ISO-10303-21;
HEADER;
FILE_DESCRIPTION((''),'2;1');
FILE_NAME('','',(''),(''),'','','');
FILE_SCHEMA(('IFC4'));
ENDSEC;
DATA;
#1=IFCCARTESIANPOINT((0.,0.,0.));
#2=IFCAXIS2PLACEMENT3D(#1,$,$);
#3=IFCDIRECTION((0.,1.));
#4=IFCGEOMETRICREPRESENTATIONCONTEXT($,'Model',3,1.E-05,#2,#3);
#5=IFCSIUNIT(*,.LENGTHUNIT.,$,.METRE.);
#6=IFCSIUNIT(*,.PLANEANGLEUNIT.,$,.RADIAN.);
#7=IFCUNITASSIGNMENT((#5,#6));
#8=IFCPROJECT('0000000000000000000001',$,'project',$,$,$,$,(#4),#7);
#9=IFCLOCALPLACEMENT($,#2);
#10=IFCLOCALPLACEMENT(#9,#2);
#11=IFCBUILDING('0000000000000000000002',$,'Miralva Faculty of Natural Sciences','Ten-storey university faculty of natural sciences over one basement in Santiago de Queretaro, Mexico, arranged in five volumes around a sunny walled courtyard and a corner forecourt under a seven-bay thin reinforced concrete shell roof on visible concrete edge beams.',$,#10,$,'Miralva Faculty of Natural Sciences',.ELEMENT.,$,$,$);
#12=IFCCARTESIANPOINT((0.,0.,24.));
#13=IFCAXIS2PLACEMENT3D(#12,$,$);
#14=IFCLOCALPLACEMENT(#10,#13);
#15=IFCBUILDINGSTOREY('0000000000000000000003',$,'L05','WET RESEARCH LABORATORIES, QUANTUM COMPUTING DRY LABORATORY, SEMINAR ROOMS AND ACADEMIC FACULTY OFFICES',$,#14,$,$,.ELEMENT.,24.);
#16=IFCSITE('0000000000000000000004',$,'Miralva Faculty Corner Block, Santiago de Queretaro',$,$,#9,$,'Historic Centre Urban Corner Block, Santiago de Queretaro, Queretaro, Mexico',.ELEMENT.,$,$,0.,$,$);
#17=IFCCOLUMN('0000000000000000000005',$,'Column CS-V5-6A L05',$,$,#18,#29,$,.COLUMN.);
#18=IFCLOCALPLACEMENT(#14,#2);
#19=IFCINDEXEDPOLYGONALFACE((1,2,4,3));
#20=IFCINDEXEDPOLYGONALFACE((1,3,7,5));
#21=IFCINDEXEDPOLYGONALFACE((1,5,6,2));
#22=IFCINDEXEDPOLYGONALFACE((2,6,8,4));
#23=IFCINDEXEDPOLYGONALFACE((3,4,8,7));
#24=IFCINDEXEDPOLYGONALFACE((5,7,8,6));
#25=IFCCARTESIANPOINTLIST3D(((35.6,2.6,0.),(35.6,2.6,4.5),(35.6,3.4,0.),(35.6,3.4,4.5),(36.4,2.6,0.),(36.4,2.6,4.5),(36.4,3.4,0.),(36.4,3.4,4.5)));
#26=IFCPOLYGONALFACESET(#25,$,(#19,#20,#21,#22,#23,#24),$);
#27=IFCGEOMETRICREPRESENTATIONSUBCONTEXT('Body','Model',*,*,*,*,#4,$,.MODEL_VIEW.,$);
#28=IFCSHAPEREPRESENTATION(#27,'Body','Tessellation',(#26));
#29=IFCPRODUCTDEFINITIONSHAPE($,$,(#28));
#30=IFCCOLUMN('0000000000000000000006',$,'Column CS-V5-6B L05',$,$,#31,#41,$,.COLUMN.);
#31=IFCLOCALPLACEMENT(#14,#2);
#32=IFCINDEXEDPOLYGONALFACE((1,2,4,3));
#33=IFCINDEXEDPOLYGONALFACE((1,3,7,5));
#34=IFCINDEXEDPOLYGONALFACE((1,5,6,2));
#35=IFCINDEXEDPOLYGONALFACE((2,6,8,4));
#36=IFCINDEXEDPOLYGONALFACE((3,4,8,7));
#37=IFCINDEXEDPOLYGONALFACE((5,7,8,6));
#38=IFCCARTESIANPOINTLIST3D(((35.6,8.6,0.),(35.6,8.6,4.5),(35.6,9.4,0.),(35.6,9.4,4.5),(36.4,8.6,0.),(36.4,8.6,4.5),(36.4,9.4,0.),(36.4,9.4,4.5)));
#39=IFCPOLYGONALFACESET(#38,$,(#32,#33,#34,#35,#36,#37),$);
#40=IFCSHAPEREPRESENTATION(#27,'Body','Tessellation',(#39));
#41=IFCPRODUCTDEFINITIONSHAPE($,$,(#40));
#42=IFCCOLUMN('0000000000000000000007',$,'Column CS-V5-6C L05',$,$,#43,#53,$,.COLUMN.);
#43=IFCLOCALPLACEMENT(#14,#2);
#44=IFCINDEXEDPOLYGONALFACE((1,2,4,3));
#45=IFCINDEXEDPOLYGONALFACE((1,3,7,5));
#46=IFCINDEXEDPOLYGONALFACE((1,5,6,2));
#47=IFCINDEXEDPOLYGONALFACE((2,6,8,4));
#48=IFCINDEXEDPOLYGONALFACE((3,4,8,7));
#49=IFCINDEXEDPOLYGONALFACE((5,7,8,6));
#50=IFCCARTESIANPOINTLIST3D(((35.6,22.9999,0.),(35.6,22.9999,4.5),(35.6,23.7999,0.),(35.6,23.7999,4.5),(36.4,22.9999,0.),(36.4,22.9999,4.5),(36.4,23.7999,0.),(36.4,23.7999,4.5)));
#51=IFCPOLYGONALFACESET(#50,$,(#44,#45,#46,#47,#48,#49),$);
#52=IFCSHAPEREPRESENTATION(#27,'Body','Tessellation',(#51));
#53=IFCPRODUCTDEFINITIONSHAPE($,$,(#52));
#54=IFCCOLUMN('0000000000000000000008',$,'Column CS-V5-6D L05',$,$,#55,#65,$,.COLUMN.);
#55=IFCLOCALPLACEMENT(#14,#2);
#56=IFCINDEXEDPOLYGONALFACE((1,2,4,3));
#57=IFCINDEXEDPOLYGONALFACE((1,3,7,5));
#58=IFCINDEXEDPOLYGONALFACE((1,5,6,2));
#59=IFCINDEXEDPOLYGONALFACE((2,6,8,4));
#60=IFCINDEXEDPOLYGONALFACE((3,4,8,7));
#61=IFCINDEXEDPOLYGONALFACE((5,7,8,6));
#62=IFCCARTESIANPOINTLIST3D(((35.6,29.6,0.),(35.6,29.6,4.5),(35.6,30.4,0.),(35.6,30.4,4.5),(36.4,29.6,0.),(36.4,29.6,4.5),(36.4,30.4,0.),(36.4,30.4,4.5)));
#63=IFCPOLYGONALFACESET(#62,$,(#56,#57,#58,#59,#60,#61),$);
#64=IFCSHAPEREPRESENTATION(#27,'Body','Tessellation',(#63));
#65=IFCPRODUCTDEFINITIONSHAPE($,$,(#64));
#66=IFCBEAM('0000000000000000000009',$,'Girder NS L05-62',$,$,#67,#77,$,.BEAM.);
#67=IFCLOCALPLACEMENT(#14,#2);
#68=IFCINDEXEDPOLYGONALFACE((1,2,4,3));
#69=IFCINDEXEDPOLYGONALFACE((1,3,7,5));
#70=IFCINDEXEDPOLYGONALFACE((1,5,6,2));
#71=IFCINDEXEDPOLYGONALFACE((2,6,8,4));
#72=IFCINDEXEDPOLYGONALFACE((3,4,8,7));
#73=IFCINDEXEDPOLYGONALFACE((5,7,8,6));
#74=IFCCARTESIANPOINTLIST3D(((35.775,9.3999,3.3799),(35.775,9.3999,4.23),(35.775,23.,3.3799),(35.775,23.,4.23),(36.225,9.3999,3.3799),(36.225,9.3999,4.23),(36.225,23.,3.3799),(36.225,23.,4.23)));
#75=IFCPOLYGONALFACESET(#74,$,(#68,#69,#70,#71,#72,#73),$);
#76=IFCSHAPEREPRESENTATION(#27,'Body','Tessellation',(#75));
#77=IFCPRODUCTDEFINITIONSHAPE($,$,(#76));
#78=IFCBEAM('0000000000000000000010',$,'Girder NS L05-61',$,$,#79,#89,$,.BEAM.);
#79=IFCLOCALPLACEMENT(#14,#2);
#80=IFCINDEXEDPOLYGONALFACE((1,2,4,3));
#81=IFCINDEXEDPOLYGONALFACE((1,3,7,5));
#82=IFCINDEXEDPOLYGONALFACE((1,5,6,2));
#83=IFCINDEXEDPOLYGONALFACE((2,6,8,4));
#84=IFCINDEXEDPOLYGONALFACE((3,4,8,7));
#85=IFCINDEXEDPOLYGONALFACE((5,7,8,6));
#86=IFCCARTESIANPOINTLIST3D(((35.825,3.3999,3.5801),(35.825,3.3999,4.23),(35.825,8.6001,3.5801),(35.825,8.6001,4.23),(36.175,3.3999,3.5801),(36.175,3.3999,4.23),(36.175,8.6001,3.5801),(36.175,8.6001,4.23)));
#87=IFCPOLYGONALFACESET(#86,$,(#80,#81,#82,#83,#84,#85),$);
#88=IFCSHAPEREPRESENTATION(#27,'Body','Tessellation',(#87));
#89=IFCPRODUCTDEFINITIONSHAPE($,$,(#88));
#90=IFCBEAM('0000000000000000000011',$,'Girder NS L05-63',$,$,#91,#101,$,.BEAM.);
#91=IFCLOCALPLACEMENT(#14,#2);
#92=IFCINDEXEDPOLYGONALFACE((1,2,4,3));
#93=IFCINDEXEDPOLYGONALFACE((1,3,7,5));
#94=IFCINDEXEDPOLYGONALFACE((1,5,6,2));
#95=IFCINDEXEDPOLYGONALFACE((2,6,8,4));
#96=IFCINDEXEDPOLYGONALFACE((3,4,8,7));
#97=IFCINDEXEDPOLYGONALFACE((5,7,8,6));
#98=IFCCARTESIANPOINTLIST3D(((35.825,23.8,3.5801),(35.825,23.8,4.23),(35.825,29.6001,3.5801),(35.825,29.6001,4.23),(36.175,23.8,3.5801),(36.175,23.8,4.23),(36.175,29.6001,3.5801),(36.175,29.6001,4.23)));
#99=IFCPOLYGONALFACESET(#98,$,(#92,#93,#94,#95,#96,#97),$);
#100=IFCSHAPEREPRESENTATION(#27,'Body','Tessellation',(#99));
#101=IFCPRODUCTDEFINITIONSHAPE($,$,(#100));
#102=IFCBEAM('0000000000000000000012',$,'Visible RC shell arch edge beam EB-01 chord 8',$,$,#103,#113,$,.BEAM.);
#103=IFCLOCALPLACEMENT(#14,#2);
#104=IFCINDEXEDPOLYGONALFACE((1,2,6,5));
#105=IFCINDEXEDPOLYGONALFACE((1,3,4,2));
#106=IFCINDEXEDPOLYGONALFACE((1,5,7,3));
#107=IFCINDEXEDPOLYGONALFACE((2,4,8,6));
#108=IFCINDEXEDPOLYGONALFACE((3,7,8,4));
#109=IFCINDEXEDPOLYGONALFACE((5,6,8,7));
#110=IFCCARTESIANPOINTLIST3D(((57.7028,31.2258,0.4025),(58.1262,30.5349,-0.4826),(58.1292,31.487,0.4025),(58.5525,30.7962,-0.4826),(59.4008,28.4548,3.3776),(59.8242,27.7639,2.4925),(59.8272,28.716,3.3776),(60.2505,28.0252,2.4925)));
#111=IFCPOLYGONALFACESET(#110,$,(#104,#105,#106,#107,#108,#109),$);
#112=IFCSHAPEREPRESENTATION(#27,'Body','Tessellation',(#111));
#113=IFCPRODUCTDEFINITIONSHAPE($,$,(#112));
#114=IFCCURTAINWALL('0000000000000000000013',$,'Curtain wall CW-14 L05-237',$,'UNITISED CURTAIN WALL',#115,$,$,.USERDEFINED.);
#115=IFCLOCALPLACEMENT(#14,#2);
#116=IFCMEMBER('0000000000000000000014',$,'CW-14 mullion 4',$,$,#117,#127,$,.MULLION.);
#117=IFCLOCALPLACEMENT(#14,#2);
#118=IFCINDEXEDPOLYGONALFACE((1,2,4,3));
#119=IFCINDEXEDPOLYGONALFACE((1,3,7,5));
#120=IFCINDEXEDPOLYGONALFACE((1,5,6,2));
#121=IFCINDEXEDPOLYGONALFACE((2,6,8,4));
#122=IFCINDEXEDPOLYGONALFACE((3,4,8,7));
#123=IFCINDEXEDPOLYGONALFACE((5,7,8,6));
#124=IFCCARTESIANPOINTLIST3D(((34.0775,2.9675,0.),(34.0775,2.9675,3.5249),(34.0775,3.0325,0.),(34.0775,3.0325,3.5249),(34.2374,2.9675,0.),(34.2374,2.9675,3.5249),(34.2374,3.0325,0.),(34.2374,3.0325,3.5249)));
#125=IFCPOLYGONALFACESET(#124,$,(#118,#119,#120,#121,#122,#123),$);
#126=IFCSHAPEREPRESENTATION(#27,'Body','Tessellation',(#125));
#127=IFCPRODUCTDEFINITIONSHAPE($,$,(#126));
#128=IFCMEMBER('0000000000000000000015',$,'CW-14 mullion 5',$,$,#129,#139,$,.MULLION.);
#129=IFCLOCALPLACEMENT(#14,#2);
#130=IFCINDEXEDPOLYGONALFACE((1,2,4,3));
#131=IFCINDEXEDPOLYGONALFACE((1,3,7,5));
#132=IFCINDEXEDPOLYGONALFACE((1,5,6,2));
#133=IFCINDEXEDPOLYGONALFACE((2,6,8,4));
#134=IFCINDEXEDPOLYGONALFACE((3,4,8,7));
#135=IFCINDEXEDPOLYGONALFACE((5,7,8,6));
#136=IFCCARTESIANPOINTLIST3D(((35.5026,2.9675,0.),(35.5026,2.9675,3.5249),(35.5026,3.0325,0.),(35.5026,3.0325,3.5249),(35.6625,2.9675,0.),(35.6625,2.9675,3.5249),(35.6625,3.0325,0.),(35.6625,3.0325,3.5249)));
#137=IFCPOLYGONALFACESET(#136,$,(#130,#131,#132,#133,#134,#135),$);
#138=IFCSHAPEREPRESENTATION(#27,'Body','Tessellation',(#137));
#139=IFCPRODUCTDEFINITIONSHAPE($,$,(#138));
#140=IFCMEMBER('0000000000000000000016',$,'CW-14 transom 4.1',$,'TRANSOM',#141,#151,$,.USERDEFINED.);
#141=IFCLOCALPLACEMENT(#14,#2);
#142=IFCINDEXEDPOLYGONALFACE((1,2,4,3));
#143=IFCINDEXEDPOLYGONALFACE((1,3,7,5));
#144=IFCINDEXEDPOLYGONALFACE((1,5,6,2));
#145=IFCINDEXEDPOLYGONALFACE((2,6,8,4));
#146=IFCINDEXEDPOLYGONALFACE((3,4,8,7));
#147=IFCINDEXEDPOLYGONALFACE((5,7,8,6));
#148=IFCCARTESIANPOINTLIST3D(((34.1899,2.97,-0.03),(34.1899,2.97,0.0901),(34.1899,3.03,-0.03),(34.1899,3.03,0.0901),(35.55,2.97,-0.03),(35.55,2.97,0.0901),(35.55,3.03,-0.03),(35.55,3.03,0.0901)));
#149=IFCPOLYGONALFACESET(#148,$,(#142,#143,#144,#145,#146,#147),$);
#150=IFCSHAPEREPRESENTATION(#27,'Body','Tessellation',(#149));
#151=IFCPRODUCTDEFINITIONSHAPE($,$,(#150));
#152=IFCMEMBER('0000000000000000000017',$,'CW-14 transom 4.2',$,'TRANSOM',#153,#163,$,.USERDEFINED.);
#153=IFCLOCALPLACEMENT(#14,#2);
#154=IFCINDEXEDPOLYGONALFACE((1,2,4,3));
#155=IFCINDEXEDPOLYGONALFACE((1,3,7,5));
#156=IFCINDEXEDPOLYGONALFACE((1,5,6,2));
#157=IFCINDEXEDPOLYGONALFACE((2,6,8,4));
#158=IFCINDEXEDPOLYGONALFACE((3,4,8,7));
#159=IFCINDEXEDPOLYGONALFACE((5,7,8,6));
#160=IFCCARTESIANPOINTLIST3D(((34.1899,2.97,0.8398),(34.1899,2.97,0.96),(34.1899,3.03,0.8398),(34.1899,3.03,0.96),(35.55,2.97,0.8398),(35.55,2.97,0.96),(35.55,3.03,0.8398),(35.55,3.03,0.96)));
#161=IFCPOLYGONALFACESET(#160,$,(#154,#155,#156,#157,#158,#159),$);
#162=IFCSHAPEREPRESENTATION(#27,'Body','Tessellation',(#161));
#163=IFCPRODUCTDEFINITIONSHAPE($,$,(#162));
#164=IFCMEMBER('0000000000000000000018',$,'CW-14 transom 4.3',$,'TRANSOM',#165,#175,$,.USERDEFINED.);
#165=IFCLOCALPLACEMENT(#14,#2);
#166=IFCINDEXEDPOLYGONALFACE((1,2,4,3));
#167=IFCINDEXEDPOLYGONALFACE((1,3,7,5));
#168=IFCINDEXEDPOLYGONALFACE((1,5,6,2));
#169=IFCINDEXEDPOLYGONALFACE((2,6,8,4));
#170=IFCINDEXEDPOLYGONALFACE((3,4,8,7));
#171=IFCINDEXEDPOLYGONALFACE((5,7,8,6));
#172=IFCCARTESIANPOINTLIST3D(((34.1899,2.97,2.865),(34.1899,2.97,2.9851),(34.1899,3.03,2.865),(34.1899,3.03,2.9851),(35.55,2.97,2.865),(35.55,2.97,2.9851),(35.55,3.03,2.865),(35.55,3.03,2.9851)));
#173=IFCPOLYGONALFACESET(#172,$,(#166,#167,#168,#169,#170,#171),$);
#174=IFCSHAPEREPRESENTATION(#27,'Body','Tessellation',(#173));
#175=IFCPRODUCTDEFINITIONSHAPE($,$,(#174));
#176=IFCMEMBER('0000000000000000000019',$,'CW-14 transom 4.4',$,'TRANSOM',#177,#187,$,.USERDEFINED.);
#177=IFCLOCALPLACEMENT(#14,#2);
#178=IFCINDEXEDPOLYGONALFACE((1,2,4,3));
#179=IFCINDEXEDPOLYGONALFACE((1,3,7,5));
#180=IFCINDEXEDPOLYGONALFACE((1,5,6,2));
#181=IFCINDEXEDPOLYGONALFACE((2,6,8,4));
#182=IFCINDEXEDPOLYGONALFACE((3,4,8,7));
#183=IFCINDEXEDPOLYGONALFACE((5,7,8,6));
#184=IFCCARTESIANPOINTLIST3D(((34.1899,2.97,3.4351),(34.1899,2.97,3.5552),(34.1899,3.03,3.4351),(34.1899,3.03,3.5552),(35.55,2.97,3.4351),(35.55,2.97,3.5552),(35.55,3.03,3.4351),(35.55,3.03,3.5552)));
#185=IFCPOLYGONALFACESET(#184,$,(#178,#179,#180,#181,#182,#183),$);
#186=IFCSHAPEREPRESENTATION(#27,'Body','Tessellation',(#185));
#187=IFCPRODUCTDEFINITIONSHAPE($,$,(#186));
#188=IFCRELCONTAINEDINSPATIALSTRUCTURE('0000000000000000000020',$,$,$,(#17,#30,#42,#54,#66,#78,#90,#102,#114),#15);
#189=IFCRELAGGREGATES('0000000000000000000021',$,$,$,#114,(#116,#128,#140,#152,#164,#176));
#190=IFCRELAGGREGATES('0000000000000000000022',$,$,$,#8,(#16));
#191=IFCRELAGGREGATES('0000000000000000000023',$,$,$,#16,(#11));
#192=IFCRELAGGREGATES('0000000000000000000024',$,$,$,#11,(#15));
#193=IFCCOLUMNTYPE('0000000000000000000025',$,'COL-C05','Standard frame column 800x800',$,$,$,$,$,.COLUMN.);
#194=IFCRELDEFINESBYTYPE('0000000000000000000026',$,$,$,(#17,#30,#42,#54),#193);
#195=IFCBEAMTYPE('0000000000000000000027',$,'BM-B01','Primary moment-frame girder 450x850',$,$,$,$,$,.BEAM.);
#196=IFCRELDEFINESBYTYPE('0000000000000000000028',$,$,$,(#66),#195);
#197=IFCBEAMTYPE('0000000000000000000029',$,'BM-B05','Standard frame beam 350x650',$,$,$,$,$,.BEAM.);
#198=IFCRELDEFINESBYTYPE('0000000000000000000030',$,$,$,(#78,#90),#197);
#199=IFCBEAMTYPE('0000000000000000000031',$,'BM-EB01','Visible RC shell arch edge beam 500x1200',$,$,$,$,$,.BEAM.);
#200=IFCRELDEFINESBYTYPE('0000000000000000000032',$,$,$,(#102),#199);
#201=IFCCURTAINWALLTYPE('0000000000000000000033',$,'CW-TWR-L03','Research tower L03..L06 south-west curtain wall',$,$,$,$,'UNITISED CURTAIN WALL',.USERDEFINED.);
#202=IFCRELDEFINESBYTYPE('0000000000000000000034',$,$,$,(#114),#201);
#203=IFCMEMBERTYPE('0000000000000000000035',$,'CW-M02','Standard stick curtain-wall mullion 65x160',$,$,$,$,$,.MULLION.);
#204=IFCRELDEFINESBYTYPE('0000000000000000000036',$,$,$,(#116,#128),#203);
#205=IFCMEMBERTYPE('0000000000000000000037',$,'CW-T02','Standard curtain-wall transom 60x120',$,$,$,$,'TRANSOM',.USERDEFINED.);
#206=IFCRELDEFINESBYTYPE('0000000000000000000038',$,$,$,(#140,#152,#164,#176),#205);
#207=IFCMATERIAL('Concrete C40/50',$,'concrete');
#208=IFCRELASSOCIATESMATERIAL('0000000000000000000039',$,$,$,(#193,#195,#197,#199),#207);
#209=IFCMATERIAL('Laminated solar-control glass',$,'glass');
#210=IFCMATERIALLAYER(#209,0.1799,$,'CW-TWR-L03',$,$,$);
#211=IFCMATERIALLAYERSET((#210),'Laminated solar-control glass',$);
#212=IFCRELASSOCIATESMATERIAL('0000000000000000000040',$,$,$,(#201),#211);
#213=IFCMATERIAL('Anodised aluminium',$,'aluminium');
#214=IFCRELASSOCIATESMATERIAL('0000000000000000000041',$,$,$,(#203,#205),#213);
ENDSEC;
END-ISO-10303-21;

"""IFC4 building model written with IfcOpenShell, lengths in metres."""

from ifc_helpers import new_model, si_unit, direction, frame, origin, origin_2d, place, context, subcontext, project, spatial, rectangle, extrude, material, layer, layer_set, material_profile, profile_set, type_object, element, aggregate, save


model = new_model("IFC4")

# Units and contexts
model_context = context("Model", 3, precision=1e-05, world=origin(), true_north=direction((0.0, 1.0)))
body_context = subcontext(model_context, "Body", "Model", "MODEL_VIEW")
ifc_project = project(units=[si_unit("LENGTHUNIT", "METRE"), si_unit("PLANEANGLEUNIT", "RADIAN")], contexts=[model_context])

# Site, building, storey
site_placement = place(None, origin())
site = spatial("IfcSite", under=ifc_project, at=site_placement, Name="Miralva Faculty Corner Block, Santiago de Queretaro", LongName="Historic Centre Urban Corner Block, Santiago de Queretaro, Queretaro, Mexico", CompositionType="ELEMENT", RefElevation=0.0)
building_placement = place(site_placement, origin())
building = spatial("IfcBuilding", under=site, at=building_placement, Name="Miralva Faculty of Natural Sciences", Description="Ten-storey university faculty of natural sciences over one basement in Santiago de Queretaro, Mexico, arranged in five volumes around a sunny walled courtyard and a corner forecourt under a seven-bay thin reinforced concrete shell roof on visible concrete edge beams.", LongName="Miralva Faculty of Natural Sciences", CompositionType="ELEMENT")
storey_placement = place(building_placement, frame((0.0, 0.0, 24.0)))
storey = spatial("IfcBuildingStorey", under=building, at=storey_placement, Name="L05", Description="WET RESEARCH LABORATORIES, QUANTUM COMPUTING DRY LABORATORY, SEMINAR ROOMS AND ACADEMIC FACULTY OFFICES", CompositionType="ELEMENT", Elevation=24.0)

# Columns
ifc_material_1 = material(Name="Concrete C40/50", Category="concrete")
ifc_material_profile_1 = material_profile(ifc_material_1, rectangle(XDim=0.8, YDim=0.8, at=origin_2d()), Name="RC 800x800")
ifc_profile_set_1 = profile_set([ifc_material_profile_1], Name="Concrete C40/50")
column_type = type_object("IfcColumnType", Name="COL-C05", Description="Standard frame column 800x800", PredefinedType="COLUMN", material=ifc_profile_set_1)
for number, where, z_axis, x_axis, name in (
    (1, (36.0, 3.0, 0.0), (0.0, 0.0, 1.0), (1.0, 0.0, 0.0), "Column CS-V5-6A L05"),
    (2, (36.0, 9.0, 0.0), (0.0, 0.0, 1.0), (1.0, 0.0, 0.0), "Column CS-V5-6B L05"),
    (3, (36.0, 23.3999, 0.0), (0.0, 0.0, 1.0), (1.0, 0.0, 0.0), "Column CS-V5-6C L05"),
    (4, (36.0, 30.0, 0.0), (0.0, 0.0, 1.0), (1.0, 0.0, 0.0), "Column CS-V5-6D L05"),
):
    element("IfcColumn", number, at=place(storey_placement, frame(where, z_axis=z_axis, x_axis=x_axis)), inside=storey, type_object=column_type, Name=name, PredefinedType="COLUMN", context=body_context, shape_type="SweptSolid", body=[
        extrude(rectangle(XDim=0.8, YDim=0.8, at=origin_2d()), origin(), (0.0, 0.0, 1.0), 4.5),
    ])

# Beams
ifc_material_profile_2 = material_profile(ifc_material_1, rectangle(XDim=0.45, YDim=0.8501, at=origin_2d()), Name="RC 450x850")
ifc_profile_set_2 = profile_set([ifc_material_profile_2], Name="Concrete C40/50")
beam_type_1 = type_object("IfcBeamType", Name="BM-B01", Description="Primary moment-frame girder 450x850", PredefinedType="BEAM", material=ifc_profile_set_2)
beam_1_placement = place(storey_placement, frame((36.0, 9.3999, 3.8049), z_axis=(0.0, 1.0, 0.0), x_axis=(-1.0, 0.0, 0.0)))
element("IfcBeam", 5, at=beam_1_placement, inside=storey, type_object=beam_type_1, Name="Girder NS L05-62", PredefinedType="BEAM", context=body_context, shape_type="SweptSolid", body=[
    extrude(rectangle(XDim=0.45, YDim=0.8501, at=origin_2d()), origin(), (0.0, 0.0, 1.0), 13.6001),
])
ifc_material_profile_3 = material_profile(ifc_material_1, rectangle(XDim=0.3501, YDim=0.6499, at=origin_2d()), Name="RC 350x650")
ifc_profile_set_3 = profile_set([ifc_material_profile_3], Name="Concrete C40/50")
beam_type_2 = type_object("IfcBeamType", Name="BM-B05", Description="Standard frame beam 350x650", PredefinedType="BEAM", material=ifc_profile_set_3)
beam_2_placement = place(storey_placement, frame((36.0, 3.3999, 3.905), z_axis=(0.0, 1.0, 0.0), x_axis=(-1.0, 0.0, 0.0)))
element("IfcBeam", 6, at=beam_2_placement, inside=storey, type_object=beam_type_2, Name="Girder NS L05-61", PredefinedType="BEAM", context=body_context, shape_type="SweptSolid", body=[
    extrude(rectangle(XDim=0.3501, YDim=0.6499, at=origin_2d()), origin(), (0.0, 0.0, 1.0), 5.2002),
])
beam_3_placement = place(storey_placement, frame((36.0, 23.8, 3.905), z_axis=(0.0, 1.0, 0.0), x_axis=(-1.0, 0.0, 0.0)))
element("IfcBeam", 7, at=beam_3_placement, inside=storey, type_object=beam_type_2, Name="Girder NS L05-63", PredefinedType="BEAM", context=body_context, shape_type="SweptSolid", body=[
    extrude(rectangle(XDim=0.3501, YDim=0.6499, at=origin_2d()), origin(), (0.0, 0.0, 1.0), 5.8),
])
ifc_material_profile_4 = material_profile(ifc_material_1, rectangle(XDim=0.5, YDim=1.2, at=origin_2d()), Name="RC 500x1200")
ifc_profile_set_4 = profile_set([ifc_material_profile_4], Name="Concrete C40/50")
beam_type_3 = type_object("IfcBeamType", Name="BM-EB01", Description="Visible RC shell arch edge beam 500x1200", PredefinedType="BEAM", material=ifc_profile_set_4)
beam_4_placement = place(storey_placement, frame((59.8257, 28.24, 2.9351), z_axis=(-0.385383, 0.628914, -0.675238), x_axis=(-0.85265, -0.522483, 0.0)))
element("IfcBeam", 8, at=beam_4_placement, inside=storey, type_object=beam_type_3, Name="Visible RC shell arch edge beam EB-01 chord 8", PredefinedType="BEAM", context=body_context, shape_type="SweptSolid", body=[
    extrude(rectangle(XDim=0.5, YDim=1.2, at=origin_2d()), origin(), (0.0, 0.0, 1.0), 4.406),
])

# Curtain wall, members
ifc_material_2 = material(Name="Laminated solar-control glass", Category="glass")
ifc_layer_1 = layer(ifc_material_2, 0.1799, Name="CW-TWR-L03")
ifc_layer_set_1 = layer_set([ifc_layer_1], Name="Laminated solar-control glass")
curtain_wall_type = type_object("IfcCurtainWallType", Name="CW-TWR-L03", Description="Research tower L03..L06 south-west curtain wall", ElementType="UNITISED CURTAIN WALL", PredefinedType="USERDEFINED", material=ifc_layer_set_1)
curtain_wall_placement = place(storey_placement, origin())
curtain_wall = element("IfcCurtainWall", 9, at=curtain_wall_placement, inside=storey, type_object=curtain_wall_type, Name="Curtain wall CW-14 L05-237", ObjectType="UNITISED CURTAIN WALL", PredefinedType="USERDEFINED")
ifc_material_3 = material(Name="Anodised aluminium", Category="aluminium")
ifc_material_profile_5 = material_profile(ifc_material_3, rectangle(XDim=0.0649, YDim=0.1599, at=origin_2d()), Name="MULLION 65x160")
ifc_profile_set_5 = profile_set([ifc_material_profile_5], Name="Anodised aluminium")
member_type_1 = type_object("IfcMemberType", Name="CW-M02", Description="Standard stick curtain-wall mullion 65x160", PredefinedType="MULLION", material=ifc_profile_set_5)
member_1_placement = place(storey_placement, frame((34.1575, 3.0, 0.0), z_axis=(0.0, 0.0, 1.0), x_axis=(0.0, 1.0, 0.0)))
member_1 = element("IfcMember", 10, at=member_1_placement, type_object=member_type_1, Name="CW-14 mullion 4", PredefinedType="MULLION", context=body_context, shape_type="SweptSolid", body=[
    extrude(rectangle(XDim=0.0649, YDim=0.1599, at=origin_2d()), origin(), (0.0, 0.0, 1.0), 3.5249),
])
member_2_placement = place(storey_placement, frame((35.5825, 3.0, 0.0), z_axis=(0.0, 0.0, 1.0), x_axis=(0.0, 1.0, 0.0)))
member_2 = element("IfcMember", 11, at=member_2_placement, type_object=member_type_1, Name="CW-14 mullion 5", PredefinedType="MULLION", context=body_context, shape_type="SweptSolid", body=[
    extrude(rectangle(XDim=0.0649, YDim=0.1599, at=origin_2d()), origin(), (0.0, 0.0, 1.0), 3.5249),
])
ifc_material_profile_6 = material_profile(ifc_material_3, rectangle(XDim=0.0601, YDim=0.1201, at=origin_2d()), Name="TRANSOM 60x120")
ifc_profile_set_6 = profile_set([ifc_material_profile_6], Name="Anodised aluminium")
member_type_2 = type_object("IfcMemberType", Name="CW-T02", Description="Standard curtain-wall transom 60x120", ElementType="TRANSOM", PredefinedType="USERDEFINED", material=ifc_profile_set_6)
member_3_placement = place(storey_placement, frame((34.1899, 3.0, 0.03), z_axis=(1.0, 0.0, 0.0), x_axis=(0.0, 1.0, 0.0)))
member_3 = element("IfcMember", 12, at=member_3_placement, type_object=member_type_2, Name="CW-14 transom 4.1", ObjectType="TRANSOM", PredefinedType="USERDEFINED", context=body_context, shape_type="SweptSolid", body=[
    extrude(rectangle(XDim=0.0601, YDim=0.1201, at=origin_2d()), origin(), (0.0, 0.0, 1.0), 1.3601),
])
member_4_placement = place(storey_placement, frame((34.1899, 3.0, 0.8999), z_axis=(1.0, 0.0, 0.0), x_axis=(0.0, 1.0, 0.0)))
member_4 = element("IfcMember", 13, at=member_4_placement, type_object=member_type_2, Name="CW-14 transom 4.2", ObjectType="TRANSOM", PredefinedType="USERDEFINED", context=body_context, shape_type="SweptSolid", body=[
    extrude(rectangle(XDim=0.0601, YDim=0.1201, at=origin_2d()), origin(), (0.0, 0.0, 1.0), 1.3601),
])
member_5_placement = place(storey_placement, frame((34.1899, 3.0, 2.925), z_axis=(1.0, 0.0, 0.0), x_axis=(0.0, 1.0, 0.0)))
member_5 = element("IfcMember", 14, at=member_5_placement, type_object=member_type_2, Name="CW-14 transom 4.3", ObjectType="TRANSOM", PredefinedType="USERDEFINED", context=body_context, shape_type="SweptSolid", body=[
    extrude(rectangle(XDim=0.0601, YDim=0.1201, at=origin_2d()), origin(), (0.0, 0.0, 1.0), 1.3601),
])
member_6_placement = place(storey_placement, frame((34.1899, 3.0, 3.4951), z_axis=(1.0, 0.0, 0.0), x_axis=(0.0, 1.0, 0.0)))
member_6 = element("IfcMember", 15, at=member_6_placement, type_object=member_type_2, Name="CW-14 transom 4.4", ObjectType="TRANSOM", PredefinedType="USERDEFINED", context=body_context, shape_type="SweptSolid", body=[
    extrude(rectangle(XDim=0.0601, YDim=0.1201, at=origin_2d()), origin(), (0.0, 0.0, 1.0), 1.3601),
])

aggregate(curtain_wall, [member_1, member_2, member_3, member_4, member_5, member_6])

save(model, "model.ifc")
